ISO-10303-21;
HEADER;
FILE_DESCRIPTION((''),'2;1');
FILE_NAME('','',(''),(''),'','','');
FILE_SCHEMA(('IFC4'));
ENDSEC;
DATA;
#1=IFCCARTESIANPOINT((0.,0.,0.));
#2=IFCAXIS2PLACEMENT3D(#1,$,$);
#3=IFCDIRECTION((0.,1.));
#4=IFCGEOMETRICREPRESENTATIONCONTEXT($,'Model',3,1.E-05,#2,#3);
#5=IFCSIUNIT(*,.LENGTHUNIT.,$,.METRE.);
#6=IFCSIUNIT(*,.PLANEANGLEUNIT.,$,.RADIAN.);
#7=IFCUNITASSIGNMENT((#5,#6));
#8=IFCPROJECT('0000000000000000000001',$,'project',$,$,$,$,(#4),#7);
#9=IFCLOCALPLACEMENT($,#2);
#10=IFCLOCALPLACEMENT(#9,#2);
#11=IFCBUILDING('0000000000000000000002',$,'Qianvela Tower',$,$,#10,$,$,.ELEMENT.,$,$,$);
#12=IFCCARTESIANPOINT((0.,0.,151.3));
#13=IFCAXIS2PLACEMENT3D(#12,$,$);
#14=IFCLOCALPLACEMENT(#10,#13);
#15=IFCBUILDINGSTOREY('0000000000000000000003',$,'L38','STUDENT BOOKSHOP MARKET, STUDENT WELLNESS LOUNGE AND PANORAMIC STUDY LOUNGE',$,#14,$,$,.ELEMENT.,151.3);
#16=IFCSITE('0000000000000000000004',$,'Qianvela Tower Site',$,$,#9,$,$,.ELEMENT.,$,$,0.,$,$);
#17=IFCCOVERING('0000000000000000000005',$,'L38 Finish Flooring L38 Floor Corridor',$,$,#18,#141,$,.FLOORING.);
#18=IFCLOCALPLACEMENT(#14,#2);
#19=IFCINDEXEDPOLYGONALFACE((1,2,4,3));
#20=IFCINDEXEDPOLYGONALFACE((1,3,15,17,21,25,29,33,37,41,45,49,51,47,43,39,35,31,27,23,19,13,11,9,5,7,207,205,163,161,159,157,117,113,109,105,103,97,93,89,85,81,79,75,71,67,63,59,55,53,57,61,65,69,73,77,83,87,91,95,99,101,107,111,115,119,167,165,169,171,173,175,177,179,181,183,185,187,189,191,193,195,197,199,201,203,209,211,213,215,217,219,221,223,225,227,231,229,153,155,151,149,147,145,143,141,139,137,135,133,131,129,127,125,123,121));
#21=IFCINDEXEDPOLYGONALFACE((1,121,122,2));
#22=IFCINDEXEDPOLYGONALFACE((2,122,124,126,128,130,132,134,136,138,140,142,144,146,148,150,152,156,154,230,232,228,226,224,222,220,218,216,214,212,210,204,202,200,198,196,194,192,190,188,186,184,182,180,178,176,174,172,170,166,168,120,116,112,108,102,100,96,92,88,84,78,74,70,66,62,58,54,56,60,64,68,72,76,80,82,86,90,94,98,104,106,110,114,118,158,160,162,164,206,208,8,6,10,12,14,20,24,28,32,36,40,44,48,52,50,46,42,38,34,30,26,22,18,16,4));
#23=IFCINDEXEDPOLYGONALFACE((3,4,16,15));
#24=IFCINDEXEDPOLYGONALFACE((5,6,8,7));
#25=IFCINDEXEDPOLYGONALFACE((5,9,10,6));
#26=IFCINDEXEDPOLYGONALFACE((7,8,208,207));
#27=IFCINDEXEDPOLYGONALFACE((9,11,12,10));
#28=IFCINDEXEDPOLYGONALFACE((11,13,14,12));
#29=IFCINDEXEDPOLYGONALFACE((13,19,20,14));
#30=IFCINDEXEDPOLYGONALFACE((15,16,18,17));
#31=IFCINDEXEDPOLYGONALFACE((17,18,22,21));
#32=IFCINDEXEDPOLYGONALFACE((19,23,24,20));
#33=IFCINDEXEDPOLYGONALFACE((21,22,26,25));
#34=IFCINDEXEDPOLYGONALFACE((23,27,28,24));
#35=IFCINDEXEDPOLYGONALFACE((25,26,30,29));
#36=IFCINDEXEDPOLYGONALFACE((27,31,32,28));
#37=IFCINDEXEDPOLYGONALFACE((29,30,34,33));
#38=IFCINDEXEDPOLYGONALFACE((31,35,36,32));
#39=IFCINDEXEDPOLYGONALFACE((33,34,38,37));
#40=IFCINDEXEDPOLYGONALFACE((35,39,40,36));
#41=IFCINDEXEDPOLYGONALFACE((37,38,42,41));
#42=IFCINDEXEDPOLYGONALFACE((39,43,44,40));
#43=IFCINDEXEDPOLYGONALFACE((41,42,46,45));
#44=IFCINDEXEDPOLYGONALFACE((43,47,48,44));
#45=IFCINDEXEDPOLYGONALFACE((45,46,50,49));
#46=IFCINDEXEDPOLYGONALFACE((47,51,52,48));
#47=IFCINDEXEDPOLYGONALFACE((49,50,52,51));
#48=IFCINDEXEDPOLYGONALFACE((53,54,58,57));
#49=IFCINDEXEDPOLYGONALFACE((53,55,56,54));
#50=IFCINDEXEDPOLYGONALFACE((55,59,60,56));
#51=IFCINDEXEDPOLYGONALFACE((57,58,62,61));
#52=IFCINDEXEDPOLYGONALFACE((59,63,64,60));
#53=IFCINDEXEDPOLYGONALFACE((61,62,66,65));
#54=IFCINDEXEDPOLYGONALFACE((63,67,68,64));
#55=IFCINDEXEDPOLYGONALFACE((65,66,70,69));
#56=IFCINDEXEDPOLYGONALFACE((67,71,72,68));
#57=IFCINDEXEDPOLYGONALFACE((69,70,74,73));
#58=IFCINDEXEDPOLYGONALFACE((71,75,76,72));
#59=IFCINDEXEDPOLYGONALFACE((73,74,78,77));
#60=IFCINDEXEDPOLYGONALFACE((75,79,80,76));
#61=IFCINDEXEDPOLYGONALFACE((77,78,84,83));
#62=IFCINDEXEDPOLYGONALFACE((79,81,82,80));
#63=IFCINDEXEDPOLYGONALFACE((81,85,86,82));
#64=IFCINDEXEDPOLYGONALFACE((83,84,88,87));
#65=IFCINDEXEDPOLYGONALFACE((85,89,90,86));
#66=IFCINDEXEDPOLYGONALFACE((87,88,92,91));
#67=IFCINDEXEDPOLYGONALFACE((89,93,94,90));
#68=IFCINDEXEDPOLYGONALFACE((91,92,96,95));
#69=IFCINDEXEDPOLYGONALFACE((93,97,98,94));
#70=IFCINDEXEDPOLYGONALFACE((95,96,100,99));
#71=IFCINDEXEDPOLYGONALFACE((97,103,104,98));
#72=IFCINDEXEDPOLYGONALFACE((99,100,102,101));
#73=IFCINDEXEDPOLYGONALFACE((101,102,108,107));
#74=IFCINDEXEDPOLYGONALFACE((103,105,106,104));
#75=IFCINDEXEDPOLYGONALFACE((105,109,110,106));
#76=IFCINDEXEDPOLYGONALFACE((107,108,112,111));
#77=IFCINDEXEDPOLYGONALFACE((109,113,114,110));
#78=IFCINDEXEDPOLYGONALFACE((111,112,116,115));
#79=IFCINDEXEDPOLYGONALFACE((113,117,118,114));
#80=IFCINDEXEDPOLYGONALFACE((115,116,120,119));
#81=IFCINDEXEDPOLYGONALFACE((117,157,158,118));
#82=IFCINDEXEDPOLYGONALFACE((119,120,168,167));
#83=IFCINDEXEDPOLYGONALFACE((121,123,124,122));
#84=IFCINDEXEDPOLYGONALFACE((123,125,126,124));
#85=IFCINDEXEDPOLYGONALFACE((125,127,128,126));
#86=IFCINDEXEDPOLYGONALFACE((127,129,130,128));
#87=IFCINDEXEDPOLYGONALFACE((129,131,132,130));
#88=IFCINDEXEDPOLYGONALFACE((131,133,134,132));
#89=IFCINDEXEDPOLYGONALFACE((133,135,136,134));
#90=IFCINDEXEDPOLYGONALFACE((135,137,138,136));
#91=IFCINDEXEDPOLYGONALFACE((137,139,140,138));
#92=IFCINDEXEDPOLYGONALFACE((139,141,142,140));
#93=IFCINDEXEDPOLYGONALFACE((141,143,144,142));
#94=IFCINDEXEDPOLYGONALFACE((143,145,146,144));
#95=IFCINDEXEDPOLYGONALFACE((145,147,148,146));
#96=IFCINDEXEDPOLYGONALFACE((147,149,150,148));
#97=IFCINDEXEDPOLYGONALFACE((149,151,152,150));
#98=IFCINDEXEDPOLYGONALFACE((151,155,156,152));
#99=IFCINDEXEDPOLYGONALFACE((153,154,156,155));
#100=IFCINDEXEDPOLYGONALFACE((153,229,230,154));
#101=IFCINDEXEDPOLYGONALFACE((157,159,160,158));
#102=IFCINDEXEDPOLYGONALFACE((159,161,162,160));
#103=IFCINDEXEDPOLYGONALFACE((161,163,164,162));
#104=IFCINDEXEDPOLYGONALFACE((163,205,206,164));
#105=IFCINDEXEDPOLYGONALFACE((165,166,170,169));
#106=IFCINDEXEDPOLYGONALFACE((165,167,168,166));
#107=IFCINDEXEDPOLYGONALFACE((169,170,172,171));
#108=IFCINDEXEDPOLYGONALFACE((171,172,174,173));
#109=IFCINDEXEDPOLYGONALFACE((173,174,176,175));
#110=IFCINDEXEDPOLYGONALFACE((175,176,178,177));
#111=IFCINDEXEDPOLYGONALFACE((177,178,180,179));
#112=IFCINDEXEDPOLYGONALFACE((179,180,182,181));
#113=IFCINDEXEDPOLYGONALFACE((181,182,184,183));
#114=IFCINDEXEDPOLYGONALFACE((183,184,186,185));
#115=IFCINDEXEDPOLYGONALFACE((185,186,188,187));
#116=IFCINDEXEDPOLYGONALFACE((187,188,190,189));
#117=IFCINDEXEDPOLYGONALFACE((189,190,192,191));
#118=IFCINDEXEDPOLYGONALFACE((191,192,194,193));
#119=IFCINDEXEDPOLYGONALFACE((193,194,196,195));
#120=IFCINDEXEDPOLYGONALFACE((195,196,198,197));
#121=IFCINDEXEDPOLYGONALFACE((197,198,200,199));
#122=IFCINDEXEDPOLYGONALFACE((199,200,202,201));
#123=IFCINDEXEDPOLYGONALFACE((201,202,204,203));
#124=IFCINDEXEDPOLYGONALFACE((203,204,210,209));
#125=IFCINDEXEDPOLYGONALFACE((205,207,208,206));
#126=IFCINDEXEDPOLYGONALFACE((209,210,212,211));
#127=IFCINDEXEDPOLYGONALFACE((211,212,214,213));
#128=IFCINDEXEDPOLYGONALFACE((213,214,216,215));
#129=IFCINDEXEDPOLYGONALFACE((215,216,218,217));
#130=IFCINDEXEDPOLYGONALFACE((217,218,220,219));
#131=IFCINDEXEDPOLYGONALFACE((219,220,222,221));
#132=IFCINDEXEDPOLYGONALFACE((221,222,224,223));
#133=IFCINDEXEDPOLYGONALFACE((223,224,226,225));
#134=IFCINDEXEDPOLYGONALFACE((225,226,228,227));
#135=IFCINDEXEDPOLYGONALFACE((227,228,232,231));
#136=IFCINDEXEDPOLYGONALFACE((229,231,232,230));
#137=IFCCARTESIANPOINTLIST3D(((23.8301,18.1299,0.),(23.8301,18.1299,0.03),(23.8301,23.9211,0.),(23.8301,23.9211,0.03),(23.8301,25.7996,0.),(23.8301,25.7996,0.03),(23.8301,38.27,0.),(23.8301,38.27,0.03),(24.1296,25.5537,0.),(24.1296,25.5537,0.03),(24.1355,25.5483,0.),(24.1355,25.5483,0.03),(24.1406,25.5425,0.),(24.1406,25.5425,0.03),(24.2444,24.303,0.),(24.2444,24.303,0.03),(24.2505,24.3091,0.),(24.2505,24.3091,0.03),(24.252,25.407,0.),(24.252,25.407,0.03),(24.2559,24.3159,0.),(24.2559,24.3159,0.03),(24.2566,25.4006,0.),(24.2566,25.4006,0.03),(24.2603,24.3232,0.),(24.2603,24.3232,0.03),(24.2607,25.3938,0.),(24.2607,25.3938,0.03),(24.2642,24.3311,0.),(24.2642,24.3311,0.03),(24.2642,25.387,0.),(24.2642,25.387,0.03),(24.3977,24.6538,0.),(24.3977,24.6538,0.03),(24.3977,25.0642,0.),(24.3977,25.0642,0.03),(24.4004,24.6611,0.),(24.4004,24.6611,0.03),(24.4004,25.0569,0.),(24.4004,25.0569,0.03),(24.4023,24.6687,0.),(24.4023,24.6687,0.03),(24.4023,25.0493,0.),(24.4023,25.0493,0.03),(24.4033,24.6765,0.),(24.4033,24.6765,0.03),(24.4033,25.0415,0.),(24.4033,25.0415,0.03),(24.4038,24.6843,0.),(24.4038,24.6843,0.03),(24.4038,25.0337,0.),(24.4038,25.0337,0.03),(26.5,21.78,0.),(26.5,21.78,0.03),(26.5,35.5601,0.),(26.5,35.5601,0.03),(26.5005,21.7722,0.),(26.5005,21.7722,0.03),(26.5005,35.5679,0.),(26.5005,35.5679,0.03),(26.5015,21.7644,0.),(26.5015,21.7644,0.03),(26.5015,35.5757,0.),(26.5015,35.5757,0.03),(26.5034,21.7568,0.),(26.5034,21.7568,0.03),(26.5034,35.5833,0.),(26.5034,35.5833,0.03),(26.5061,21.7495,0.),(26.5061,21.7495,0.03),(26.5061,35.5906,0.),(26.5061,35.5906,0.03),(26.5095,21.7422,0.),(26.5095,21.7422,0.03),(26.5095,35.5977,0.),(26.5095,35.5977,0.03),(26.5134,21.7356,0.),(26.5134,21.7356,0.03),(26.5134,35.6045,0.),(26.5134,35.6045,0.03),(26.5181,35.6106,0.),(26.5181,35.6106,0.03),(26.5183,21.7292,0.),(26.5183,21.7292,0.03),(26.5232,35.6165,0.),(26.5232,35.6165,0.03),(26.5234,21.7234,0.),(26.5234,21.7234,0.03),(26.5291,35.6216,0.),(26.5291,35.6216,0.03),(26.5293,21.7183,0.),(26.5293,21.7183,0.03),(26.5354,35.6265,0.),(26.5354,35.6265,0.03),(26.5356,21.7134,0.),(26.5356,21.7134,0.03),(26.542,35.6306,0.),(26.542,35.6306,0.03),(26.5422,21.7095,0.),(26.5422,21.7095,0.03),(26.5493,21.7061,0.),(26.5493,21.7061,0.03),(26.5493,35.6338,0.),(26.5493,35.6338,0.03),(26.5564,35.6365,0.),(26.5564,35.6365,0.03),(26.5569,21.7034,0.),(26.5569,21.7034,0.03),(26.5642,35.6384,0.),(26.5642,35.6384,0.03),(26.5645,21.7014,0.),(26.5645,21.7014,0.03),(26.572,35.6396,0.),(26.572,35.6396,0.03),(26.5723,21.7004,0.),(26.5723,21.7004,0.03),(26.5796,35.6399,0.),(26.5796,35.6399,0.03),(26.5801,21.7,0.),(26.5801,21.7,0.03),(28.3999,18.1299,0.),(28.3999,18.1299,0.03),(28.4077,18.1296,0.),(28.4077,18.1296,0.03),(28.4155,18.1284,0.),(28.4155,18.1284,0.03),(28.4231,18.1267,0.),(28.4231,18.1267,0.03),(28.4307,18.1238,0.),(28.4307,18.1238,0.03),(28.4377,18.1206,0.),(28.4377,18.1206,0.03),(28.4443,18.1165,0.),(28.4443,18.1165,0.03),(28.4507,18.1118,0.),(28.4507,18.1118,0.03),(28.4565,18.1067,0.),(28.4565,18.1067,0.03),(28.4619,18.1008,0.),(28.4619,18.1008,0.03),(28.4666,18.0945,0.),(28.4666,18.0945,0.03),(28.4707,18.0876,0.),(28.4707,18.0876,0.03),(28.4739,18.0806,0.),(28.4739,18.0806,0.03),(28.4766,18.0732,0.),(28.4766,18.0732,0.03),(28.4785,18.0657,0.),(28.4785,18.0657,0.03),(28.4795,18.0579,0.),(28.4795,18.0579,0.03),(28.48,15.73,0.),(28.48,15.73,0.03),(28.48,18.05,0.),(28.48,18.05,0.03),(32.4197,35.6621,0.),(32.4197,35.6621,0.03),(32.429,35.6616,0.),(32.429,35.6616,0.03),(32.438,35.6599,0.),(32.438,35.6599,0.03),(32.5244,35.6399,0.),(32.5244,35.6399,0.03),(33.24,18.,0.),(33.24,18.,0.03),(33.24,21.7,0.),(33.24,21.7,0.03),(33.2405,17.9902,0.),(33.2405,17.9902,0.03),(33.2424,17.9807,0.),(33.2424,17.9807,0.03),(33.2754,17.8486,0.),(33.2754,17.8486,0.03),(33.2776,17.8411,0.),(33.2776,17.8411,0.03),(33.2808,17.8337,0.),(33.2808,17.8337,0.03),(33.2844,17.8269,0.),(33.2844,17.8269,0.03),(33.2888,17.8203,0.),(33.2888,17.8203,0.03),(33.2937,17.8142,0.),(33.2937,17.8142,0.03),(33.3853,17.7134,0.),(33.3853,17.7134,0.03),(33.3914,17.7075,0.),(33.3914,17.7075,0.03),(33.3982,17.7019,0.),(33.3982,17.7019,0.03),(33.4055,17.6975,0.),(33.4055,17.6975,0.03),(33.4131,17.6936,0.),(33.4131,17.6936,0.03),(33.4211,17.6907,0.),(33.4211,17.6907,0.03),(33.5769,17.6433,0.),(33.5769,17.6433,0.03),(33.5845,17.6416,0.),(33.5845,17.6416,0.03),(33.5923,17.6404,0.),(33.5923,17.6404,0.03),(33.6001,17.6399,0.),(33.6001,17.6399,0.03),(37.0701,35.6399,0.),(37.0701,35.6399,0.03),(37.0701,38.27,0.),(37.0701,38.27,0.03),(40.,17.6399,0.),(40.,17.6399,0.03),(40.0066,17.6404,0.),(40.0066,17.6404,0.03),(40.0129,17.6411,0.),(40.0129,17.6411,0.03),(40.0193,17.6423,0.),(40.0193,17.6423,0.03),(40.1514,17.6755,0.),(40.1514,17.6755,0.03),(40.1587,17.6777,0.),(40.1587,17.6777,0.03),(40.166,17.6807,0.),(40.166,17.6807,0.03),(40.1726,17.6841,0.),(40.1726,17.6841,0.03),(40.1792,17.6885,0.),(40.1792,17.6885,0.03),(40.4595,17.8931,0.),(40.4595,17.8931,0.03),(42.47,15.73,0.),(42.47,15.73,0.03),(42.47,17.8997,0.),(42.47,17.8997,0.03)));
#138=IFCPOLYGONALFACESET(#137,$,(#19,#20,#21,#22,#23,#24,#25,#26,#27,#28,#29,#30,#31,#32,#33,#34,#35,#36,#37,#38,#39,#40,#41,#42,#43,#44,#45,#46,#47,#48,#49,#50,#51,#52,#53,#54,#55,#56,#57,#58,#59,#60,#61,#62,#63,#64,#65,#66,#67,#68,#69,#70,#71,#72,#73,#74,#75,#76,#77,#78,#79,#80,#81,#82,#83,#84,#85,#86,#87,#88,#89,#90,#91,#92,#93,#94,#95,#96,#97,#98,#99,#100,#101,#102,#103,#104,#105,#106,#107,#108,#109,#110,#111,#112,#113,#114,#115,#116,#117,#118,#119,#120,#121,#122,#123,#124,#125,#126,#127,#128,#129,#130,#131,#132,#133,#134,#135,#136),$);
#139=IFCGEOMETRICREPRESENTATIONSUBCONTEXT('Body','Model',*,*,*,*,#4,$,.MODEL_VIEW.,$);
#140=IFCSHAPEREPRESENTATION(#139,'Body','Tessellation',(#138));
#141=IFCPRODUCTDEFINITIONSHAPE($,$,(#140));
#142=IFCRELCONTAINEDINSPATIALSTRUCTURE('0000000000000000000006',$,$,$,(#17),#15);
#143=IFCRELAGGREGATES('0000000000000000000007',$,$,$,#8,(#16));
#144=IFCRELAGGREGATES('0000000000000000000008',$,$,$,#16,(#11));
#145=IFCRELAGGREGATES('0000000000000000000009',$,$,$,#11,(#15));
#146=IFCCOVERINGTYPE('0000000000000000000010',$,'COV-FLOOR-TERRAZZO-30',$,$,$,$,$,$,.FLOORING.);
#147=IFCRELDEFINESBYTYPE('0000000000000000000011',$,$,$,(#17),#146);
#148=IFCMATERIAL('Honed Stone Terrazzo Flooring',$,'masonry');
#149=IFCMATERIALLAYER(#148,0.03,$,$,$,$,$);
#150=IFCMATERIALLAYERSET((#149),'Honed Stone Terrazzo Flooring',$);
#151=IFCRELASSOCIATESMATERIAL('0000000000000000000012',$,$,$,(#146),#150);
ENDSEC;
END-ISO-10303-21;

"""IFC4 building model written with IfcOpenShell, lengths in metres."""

from ifc_helpers import new_model, si_unit, direction, frame, origin, place, context, subcontext, project, spatial, polyline, outline, extrude, material, layer, layer_set, type_object, element, save


model = new_model("IFC4")

# Units and contexts
model_context = context("Model", 3, precision=1e-05, world=origin(), true_north=direction((0.0, 1.0)))
body_context = subcontext(model_context, "Body", "Model", "MODEL_VIEW")
ifc_project = project(units=[si_unit("LENGTHUNIT", "METRE"), si_unit("PLANEANGLEUNIT", "RADIAN")], contexts=[model_context])

# Site, building, storey
site_placement = place(None, origin())
site = spatial("IfcSite", under=ifc_project, at=site_placement, Name="Qianvela Tower Site", CompositionType="ELEMENT", RefElevation=0.0)
building_placement = place(site_placement, origin())
building = spatial("IfcBuilding", under=site, at=building_placement, Name="Qianvela Tower", CompositionType="ELEMENT")
storey_placement = place(building_placement, frame((0.0, 0.0, 151.3)))
storey = spatial("IfcBuildingStorey", under=building, at=storey_placement, Name="L38", Description="STUDENT BOOKSHOP MARKET, STUDENT WELLNESS LOUNGE AND PANORAMIC STUDY LOUNGE", CompositionType="ELEMENT", Elevation=151.3)

# Covering
ifc_material_1 = material(Name="Honed Stone Terrazzo Flooring", Category="masonry")
ifc_layer_1 = layer(ifc_material_1, 0.03)
ifc_layer_set_1 = layer_set([ifc_layer_1], Name="Honed Stone Terrazzo Flooring")
covering_type_1 = type_object("IfcCoveringType", Name="COV-FLOOR-TERRAZZO-30", PredefinedType="FLOORING", material=ifc_layer_set_1)
covering_1_placement = place(storey_placement, origin())
element("IfcCovering", 1, at=covering_1_placement, inside=storey, type_object=covering_type_1, Name="L38 Finish Flooring L38 Floor Corridor", PredefinedType="FLOORING", context=body_context, shape_type="SweptSolid", body=[
    extrude(outline(polyline([(24.4038, 25.0337), (24.4033, 25.0415), (24.4023, 25.0493), (24.4004, 25.0569), (24.3977, 25.0642), (24.2642, 25.387), (24.2607, 25.3938), (24.2566, 25.4006), (24.252, 25.407), (24.1406, 25.5425), (24.1355, 25.5483), (24.1296, 25.5537), (23.8301, 25.7996), (23.8301, 38.27), (37.0701, 38.27), (37.0701, 35.6399), (32.5244, 35.6399), (32.438, 35.6599), (32.429, 35.6616), (32.4197, 35.6621), (26.5796, 35.6399), (26.572, 35.6396), (26.5642, 35.6384), (26.5564, 35.6365), (26.5493, 35.6338), (26.542, 35.6306), (26.5354, 35.6265), (26.5291, 35.6216), (26.5232, 35.6165), (26.5181, 35.6106), (26.5134, 35.6045), (26.5095, 35.5977), (26.5061, 35.5906), (26.5034, 35.5833), (26.5015, 35.5757), (26.5005, 35.5679), (26.5, 35.5601), (26.5, 21.78), (26.5005, 21.7722), (26.5015, 21.7644), (26.5034, 21.7568), (26.5061, 21.7495), (26.5095, 21.7422), (26.5134, 21.7356), (26.5183, 21.7292), (26.5234, 21.7234), (26.5293, 21.7183), (26.5356, 21.7134), (26.5422, 21.7095), (26.5493, 21.7061), (26.5569, 21.7034), (26.5645, 21.7014), (26.5723, 21.7004), (26.5801, 21.7), (33.24, 21.7), (33.24, 18.0), (33.2405, 17.9902), (33.2424, 17.9807), (33.2754, 17.8486), (33.2776, 17.8411), (33.2808, 17.8337), (33.2844, 17.8269), (33.2888, 17.8203), (33.2937, 17.8142), (33.3853, 17.7134), (33.3914, 17.7075), (33.3982, 17.7019), (33.4055, 17.6975), (33.4131, 17.6936), (33.4211, 17.6907), (33.5769, 17.6433), (33.5845, 17.6416), (33.5923, 17.6404), (33.6001, 17.6399), (40.0, 17.6399), (40.0066, 17.6404), (40.0129, 17.6411), (40.0193, 17.6423), (40.1514, 17.6755), (40.1587, 17.6777), (40.166, 17.6807), (40.1726, 17.6841), (40.1792, 17.6885), (40.4595, 17.8931), (42.47, 17.8997), (42.47, 15.73), (28.48, 15.73), (28.48, 18.05), (28.4795, 18.0579), (28.4785, 18.0657), (28.4766, 18.0732), (28.4739, 18.0806), (28.4707, 18.0876), (28.4666, 18.0945), (28.4619, 18.1008), (28.4565, 18.1067), (28.4507, 18.1118), (28.4443, 18.1165), (28.4377, 18.1206), (28.4307, 18.1238), (28.4231, 18.1267), (28.4155, 18.1284), (28.4077, 18.1296), (28.3999, 18.1299), (23.8301, 18.1299), (23.8301, 23.9211), (24.2444, 24.303), (24.2505, 24.3091), (24.2559, 24.3159), (24.2603, 24.3232), (24.2642, 24.3311), (24.3977, 24.6538), (24.4004, 24.6611), (24.4023, 24.6687), (24.4033, 24.6765), (24.4038, 24.6843), (24.4038, 25.0337)])), origin(), (0.0, 0.0, 1.0), 0.03),
])

save(model, "model.ifc")
